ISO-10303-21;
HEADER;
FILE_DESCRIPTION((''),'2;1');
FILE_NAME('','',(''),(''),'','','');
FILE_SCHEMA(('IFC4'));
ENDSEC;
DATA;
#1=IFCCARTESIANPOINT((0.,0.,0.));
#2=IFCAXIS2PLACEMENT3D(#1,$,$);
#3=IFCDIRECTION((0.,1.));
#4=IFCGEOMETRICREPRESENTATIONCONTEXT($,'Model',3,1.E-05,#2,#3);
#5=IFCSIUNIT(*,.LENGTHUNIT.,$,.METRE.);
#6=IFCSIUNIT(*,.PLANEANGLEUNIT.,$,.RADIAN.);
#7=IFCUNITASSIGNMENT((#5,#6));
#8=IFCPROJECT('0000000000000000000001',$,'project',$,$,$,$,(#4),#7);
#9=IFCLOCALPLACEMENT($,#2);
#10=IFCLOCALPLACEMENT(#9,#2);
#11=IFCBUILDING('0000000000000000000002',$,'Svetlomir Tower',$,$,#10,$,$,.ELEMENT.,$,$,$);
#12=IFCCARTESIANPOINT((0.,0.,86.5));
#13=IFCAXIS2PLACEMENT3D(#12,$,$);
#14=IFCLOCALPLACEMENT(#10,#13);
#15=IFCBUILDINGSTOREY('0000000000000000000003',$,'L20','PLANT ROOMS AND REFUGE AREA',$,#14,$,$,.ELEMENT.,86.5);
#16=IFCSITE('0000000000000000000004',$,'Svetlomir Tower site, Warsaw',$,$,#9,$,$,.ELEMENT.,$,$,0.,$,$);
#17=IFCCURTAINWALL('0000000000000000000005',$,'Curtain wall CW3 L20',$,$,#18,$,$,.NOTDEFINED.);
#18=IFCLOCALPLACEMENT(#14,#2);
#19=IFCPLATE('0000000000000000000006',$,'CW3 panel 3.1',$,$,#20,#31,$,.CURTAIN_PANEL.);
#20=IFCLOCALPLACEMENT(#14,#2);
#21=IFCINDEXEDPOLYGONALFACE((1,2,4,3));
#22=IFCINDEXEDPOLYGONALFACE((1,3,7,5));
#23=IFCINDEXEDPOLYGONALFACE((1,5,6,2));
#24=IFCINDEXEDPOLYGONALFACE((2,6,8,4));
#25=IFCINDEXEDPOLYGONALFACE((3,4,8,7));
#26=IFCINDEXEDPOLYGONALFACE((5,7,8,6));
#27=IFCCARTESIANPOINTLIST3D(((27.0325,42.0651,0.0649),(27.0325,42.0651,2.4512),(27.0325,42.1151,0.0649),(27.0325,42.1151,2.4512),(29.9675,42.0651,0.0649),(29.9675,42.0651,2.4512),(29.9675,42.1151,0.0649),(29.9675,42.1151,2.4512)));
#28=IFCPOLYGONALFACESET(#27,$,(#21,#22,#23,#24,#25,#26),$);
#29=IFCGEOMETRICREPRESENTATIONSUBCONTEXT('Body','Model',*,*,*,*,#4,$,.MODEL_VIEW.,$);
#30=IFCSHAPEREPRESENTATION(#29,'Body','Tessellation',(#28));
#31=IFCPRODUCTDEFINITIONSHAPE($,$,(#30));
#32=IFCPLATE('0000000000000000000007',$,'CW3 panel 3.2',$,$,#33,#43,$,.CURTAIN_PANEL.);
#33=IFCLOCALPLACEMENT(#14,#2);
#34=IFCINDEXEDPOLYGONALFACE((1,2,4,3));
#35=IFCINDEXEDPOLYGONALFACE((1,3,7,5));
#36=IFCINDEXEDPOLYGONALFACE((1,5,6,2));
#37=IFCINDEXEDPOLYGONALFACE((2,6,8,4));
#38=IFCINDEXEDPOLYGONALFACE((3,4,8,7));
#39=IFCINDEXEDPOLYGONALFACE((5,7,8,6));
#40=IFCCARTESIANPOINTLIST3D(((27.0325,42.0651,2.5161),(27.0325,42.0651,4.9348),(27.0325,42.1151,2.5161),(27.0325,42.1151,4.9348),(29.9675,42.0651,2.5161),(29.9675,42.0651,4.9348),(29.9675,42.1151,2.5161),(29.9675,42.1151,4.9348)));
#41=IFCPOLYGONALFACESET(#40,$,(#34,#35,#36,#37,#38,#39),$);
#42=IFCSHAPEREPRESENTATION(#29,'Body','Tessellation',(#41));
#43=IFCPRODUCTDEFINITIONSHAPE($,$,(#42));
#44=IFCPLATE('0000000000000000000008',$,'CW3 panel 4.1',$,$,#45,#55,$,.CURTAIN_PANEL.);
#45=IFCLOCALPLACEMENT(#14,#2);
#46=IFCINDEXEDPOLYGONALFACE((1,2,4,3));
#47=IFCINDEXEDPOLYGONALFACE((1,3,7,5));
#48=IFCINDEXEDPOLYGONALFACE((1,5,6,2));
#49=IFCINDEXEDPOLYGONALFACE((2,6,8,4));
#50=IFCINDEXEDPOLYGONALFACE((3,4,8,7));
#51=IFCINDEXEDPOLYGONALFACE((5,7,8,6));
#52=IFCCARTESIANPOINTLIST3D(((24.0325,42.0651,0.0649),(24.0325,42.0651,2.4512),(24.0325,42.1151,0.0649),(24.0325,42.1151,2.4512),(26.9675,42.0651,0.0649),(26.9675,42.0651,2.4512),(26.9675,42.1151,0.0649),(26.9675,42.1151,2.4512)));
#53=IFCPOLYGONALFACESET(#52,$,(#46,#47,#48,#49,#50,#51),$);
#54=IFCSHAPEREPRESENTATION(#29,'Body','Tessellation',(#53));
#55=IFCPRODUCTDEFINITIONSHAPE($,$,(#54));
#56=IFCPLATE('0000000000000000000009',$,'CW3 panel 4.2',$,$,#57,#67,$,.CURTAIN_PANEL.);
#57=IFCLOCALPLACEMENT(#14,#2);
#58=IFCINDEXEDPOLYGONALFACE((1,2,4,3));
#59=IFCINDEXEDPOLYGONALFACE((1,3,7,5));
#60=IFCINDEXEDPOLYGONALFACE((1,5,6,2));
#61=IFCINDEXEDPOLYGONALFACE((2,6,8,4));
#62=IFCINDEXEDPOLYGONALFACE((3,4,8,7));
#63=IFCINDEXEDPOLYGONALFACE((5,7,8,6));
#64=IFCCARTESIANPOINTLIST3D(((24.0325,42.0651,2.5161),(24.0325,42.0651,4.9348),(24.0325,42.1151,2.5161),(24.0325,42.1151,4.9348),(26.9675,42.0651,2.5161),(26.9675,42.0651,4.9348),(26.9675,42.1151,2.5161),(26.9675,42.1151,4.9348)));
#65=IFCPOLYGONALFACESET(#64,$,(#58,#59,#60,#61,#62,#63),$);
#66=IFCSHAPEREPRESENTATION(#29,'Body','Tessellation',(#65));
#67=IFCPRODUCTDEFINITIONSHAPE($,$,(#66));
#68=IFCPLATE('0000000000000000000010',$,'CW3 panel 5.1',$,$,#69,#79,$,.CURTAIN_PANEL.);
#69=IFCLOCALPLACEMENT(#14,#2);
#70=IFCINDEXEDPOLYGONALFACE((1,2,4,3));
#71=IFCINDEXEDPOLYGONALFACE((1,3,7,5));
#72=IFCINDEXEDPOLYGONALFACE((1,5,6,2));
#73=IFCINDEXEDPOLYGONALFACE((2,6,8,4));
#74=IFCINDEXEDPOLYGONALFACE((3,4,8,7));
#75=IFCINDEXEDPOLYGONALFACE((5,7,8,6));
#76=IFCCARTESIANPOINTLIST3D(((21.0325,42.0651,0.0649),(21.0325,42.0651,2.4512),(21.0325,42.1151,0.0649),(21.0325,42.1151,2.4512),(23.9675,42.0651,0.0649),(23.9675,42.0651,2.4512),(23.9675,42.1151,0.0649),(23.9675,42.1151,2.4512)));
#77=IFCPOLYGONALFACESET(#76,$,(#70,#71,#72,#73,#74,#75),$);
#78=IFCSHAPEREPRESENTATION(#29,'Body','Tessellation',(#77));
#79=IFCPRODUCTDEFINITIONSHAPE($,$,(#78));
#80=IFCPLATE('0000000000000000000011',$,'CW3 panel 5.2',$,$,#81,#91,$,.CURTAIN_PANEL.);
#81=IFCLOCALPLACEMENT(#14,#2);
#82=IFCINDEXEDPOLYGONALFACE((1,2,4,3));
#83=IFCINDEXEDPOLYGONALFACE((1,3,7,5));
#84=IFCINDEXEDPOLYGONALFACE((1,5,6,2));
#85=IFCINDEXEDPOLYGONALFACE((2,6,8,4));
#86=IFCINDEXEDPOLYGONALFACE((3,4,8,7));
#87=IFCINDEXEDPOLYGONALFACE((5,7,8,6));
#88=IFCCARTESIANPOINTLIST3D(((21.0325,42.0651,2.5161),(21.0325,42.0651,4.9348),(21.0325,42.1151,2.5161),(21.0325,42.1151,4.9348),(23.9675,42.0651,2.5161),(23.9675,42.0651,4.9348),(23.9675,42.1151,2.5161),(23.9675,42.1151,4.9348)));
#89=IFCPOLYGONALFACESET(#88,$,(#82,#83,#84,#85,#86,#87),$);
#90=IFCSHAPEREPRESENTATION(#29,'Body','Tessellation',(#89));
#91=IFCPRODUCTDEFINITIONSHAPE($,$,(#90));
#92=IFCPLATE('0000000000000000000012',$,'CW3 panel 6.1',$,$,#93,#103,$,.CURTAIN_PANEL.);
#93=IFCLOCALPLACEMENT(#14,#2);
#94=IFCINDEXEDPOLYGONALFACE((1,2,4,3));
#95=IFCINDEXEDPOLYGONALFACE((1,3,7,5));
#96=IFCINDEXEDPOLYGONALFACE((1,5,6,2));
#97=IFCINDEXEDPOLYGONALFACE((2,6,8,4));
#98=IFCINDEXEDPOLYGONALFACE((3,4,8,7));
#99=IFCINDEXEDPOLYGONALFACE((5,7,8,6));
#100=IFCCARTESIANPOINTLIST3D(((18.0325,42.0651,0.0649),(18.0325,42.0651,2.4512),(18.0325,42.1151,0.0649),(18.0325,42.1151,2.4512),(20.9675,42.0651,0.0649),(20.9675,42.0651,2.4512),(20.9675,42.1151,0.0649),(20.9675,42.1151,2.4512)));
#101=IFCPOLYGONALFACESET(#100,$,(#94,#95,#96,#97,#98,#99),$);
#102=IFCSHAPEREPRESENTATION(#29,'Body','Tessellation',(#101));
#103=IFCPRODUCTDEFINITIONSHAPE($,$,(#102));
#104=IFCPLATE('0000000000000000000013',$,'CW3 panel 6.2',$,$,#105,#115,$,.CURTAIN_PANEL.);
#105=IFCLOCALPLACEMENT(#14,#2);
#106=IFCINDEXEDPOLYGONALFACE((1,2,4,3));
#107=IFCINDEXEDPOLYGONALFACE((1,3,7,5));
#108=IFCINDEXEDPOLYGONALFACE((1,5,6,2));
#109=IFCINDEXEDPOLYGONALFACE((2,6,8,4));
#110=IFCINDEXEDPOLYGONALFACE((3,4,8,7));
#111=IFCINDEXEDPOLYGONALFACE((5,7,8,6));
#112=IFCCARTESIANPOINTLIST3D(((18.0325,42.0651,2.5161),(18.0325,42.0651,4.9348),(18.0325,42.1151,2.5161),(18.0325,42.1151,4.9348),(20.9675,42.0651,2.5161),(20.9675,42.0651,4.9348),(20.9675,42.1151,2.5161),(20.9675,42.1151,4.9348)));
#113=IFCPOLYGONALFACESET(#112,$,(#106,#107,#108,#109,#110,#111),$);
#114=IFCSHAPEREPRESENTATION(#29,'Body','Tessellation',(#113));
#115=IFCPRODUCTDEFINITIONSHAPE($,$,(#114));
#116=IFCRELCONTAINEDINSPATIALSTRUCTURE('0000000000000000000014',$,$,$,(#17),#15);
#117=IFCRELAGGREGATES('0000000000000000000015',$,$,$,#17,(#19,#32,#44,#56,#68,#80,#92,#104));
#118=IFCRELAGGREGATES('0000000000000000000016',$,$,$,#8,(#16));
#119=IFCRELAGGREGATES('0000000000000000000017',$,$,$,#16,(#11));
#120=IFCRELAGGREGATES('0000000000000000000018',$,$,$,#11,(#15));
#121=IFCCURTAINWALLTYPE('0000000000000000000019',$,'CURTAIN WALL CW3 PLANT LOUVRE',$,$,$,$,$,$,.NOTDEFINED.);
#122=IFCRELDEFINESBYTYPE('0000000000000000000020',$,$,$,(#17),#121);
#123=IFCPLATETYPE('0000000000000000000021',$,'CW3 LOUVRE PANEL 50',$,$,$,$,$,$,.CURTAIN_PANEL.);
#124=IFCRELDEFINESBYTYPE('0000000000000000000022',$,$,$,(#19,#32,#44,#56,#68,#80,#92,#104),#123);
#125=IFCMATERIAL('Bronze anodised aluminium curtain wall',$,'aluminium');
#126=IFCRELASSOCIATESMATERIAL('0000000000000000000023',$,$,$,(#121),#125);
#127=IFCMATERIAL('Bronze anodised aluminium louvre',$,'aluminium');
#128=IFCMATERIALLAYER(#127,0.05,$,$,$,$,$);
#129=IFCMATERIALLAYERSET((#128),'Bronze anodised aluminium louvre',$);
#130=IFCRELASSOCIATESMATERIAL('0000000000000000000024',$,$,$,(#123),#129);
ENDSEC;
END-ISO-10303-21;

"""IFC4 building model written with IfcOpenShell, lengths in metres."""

from ifc_helpers import new_model, si_unit, direction, frame, origin, origin_2d, place, context, subcontext, project, spatial, rectangle, extrude, material, layer, layer_set, type_object, element, aggregate, save


model = new_model("IFC4")

# Units and contexts
model_context = context("Model", 3, precision=1e-05, world=origin(), true_north=direction((0.0, 1.0)))
body_context = subcontext(model_context, "Body", "Model", "MODEL_VIEW")
ifc_project = project(units=[si_unit("LENGTHUNIT", "METRE"), si_unit("PLANEANGLEUNIT", "RADIAN")], contexts=[model_context])

# Site, building, storey
site_placement = place(None, origin())
site = spatial("IfcSite", under=ifc_project, at=site_placement, Name="Svetlomir Tower site, Warsaw", CompositionType="ELEMENT", RefElevation=0.0)
building_placement = place(site_placement, origin())
building = spatial("IfcBuilding", under=site, at=building_placement, Name="Svetlomir Tower", CompositionType="ELEMENT")
storey_placement = place(building_placement, frame((0.0, 0.0, 86.5)))
storey = spatial("IfcBuildingStorey", under=building, at=storey_placement, Name="L20", Description="PLANT ROOMS AND REFUGE AREA", CompositionType="ELEMENT", Elevation=86.5)

# Curtain wall, plates
ifc_material_1 = material(Name="Bronze anodised aluminium curtain wall", Category="aluminium")
curtain_wall_type = type_object("IfcCurtainWallType", Name="CURTAIN WALL CW3 PLANT LOUVRE", PredefinedType="NOTDEFINED", material=ifc_material_1)
curtain_wall_placement = place(storey_placement, origin())
curtain_wall = element("IfcCurtainWall", 1, at=curtain_wall_placement, inside=storey, type_object=curtain_wall_type, Name="Curtain wall CW3 L20", PredefinedType="NOTDEFINED")
ifc_material_2 = material(Name="Bronze anodised aluminium louvre", Category="aluminium")
ifc_layer = layer(ifc_material_2, 0.05)
ifc_layer_set = layer_set([ifc_layer], Name="Bronze anodised aluminium louvre")
plate_type = type_object("IfcPlateType", Name="CW3 LOUVRE PANEL 50", PredefinedType="CURTAIN_PANEL", material=ifc_layer_set)
plate_1_placement = place(storey_placement, frame((28.5, 42.0901, 0.0649), z_axis=(0.0, 0.0, 1.0), x_axis=(-1.0, 0.0, 0.0)))
plate_1 = element("IfcPlate", 2, at=plate_1_placement, type_object=plate_type, Name="CW3 panel 3.1", PredefinedType="CURTAIN_PANEL", context=body_context, shape_type="SweptSolid", body=[
    extrude(rectangle(XDim=2.9351, YDim=0.05, at=origin_2d()), origin(), (0.0, 0.0, 1.0), 2.3862),
])
plate_2_placement = place(storey_placement, frame((28.5, 42.0901, 2.5161), z_axis=(0.0, 0.0, 1.0), x_axis=(-1.0, 0.0, 0.0)))
plate_2 = element("IfcPlate", 3, at=plate_2_placement, type_object=plate_type, Name="CW3 panel 3.2", PredefinedType="CURTAIN_PANEL", context=body_context, shape_type="SweptSolid", body=[
    extrude(rectangle(XDim=2.9351, YDim=0.05, at=origin_2d()), origin(), (0.0, 0.0, 1.0), 2.4187),
])
plate_3_placement = place(storey_placement, frame((25.5, 42.0901, 0.0649), z_axis=(0.0, 0.0, 1.0), x_axis=(-1.0, 0.0, 0.0)))
plate_3 = element("IfcPlate", 4, at=plate_3_placement, type_object=plate_type, Name="CW3 panel 4.1", PredefinedType="CURTAIN_PANEL", context=body_context, shape_type="SweptSolid", body=[
    extrude(rectangle(XDim=2.9351, YDim=0.05, at=origin_2d()), origin(), (0.0, 0.0, 1.0), 2.3862),
])
plate_4_placement = place(storey_placement, frame((25.5, 42.0901, 2.5161), z_axis=(0.0, 0.0, 1.0), x_axis=(-1.0, 0.0, 0.0)))
plate_4 = element("IfcPlate", 5, at=plate_4_placement, type_object=plate_type, Name="CW3 panel 4.2", PredefinedType="CURTAIN_PANEL", context=body_context, shape_type="SweptSolid", body=[
    extrude(rectangle(XDim=2.9351, YDim=0.05, at=origin_2d()), origin(), (0.0, 0.0, 1.0), 2.4187),
])
plate_5_placement = place(storey_placement, frame((22.5, 42.0901, 0.0649), z_axis=(0.0, 0.0, 1.0), x_axis=(-1.0, 0.0, 0.0)))
plate_5 = element("IfcPlate", 6, at=plate_5_placement, type_object=plate_type, Name="CW3 panel 5.1", PredefinedType="CURTAIN_PANEL", context=body_context, shape_type="SweptSolid", body=[
    extrude(rectangle(XDim=2.9351, YDim=0.05, at=origin_2d()), origin(), (0.0, 0.0, 1.0), 2.3862),
])
plate_6_placement = place(storey_placement, frame((22.5, 42.0901, 2.5161), z_axis=(0.0, 0.0, 1.0), x_axis=(-1.0, 0.0, 0.0)))
plate_6 = element("IfcPlate", 7, at=plate_6_placement, type_object=plate_type, Name="CW3 panel 5.2", PredefinedType="CURTAIN_PANEL", context=body_context, shape_type="SweptSolid", body=[
    extrude(rectangle(XDim=2.9351, YDim=0.05, at=origin_2d()), origin(), (0.0, 0.0, 1.0), 2.4187),
])
plate_7_placement = place(storey_placement, frame((19.5, 42.0901, 0.0649), z_axis=(0.0, 0.0, 1.0), x_axis=(-1.0, 0.0, 0.0)))
plate_7 = element("IfcPlate", 8, at=plate_7_placement, type_object=plate_type, Name="CW3 panel 6.1", PredefinedType="CURTAIN_PANEL", context=body_context, shape_type="SweptSolid", body=[
    extrude(rectangle(XDim=2.9351, YDim=0.05, at=origin_2d()), origin(), (0.0, 0.0, 1.0), 2.3862),
])
plate_8_placement = place(storey_placement, frame((19.5, 42.0901, 2.5161), z_axis=(0.0, 0.0, 1.0), x_axis=(-1.0, 0.0, 0.0)))
plate_8 = element("IfcPlate", 9, at=plate_8_placement, type_object=plate_type, Name="CW3 panel 6.2", PredefinedType="CURTAIN_PANEL", context=body_context, shape_type="SweptSolid", body=[
    extrude(rectangle(XDim=2.9351, YDim=0.05, at=origin_2d()), origin(), (0.0, 0.0, 1.0), 2.4187),
])
aggregate(curtain_wall, [plate_1, plate_2, plate_3, plate_4, plate_5, plate_6, plate_7, plate_8])

save(model, "model.ifc")
